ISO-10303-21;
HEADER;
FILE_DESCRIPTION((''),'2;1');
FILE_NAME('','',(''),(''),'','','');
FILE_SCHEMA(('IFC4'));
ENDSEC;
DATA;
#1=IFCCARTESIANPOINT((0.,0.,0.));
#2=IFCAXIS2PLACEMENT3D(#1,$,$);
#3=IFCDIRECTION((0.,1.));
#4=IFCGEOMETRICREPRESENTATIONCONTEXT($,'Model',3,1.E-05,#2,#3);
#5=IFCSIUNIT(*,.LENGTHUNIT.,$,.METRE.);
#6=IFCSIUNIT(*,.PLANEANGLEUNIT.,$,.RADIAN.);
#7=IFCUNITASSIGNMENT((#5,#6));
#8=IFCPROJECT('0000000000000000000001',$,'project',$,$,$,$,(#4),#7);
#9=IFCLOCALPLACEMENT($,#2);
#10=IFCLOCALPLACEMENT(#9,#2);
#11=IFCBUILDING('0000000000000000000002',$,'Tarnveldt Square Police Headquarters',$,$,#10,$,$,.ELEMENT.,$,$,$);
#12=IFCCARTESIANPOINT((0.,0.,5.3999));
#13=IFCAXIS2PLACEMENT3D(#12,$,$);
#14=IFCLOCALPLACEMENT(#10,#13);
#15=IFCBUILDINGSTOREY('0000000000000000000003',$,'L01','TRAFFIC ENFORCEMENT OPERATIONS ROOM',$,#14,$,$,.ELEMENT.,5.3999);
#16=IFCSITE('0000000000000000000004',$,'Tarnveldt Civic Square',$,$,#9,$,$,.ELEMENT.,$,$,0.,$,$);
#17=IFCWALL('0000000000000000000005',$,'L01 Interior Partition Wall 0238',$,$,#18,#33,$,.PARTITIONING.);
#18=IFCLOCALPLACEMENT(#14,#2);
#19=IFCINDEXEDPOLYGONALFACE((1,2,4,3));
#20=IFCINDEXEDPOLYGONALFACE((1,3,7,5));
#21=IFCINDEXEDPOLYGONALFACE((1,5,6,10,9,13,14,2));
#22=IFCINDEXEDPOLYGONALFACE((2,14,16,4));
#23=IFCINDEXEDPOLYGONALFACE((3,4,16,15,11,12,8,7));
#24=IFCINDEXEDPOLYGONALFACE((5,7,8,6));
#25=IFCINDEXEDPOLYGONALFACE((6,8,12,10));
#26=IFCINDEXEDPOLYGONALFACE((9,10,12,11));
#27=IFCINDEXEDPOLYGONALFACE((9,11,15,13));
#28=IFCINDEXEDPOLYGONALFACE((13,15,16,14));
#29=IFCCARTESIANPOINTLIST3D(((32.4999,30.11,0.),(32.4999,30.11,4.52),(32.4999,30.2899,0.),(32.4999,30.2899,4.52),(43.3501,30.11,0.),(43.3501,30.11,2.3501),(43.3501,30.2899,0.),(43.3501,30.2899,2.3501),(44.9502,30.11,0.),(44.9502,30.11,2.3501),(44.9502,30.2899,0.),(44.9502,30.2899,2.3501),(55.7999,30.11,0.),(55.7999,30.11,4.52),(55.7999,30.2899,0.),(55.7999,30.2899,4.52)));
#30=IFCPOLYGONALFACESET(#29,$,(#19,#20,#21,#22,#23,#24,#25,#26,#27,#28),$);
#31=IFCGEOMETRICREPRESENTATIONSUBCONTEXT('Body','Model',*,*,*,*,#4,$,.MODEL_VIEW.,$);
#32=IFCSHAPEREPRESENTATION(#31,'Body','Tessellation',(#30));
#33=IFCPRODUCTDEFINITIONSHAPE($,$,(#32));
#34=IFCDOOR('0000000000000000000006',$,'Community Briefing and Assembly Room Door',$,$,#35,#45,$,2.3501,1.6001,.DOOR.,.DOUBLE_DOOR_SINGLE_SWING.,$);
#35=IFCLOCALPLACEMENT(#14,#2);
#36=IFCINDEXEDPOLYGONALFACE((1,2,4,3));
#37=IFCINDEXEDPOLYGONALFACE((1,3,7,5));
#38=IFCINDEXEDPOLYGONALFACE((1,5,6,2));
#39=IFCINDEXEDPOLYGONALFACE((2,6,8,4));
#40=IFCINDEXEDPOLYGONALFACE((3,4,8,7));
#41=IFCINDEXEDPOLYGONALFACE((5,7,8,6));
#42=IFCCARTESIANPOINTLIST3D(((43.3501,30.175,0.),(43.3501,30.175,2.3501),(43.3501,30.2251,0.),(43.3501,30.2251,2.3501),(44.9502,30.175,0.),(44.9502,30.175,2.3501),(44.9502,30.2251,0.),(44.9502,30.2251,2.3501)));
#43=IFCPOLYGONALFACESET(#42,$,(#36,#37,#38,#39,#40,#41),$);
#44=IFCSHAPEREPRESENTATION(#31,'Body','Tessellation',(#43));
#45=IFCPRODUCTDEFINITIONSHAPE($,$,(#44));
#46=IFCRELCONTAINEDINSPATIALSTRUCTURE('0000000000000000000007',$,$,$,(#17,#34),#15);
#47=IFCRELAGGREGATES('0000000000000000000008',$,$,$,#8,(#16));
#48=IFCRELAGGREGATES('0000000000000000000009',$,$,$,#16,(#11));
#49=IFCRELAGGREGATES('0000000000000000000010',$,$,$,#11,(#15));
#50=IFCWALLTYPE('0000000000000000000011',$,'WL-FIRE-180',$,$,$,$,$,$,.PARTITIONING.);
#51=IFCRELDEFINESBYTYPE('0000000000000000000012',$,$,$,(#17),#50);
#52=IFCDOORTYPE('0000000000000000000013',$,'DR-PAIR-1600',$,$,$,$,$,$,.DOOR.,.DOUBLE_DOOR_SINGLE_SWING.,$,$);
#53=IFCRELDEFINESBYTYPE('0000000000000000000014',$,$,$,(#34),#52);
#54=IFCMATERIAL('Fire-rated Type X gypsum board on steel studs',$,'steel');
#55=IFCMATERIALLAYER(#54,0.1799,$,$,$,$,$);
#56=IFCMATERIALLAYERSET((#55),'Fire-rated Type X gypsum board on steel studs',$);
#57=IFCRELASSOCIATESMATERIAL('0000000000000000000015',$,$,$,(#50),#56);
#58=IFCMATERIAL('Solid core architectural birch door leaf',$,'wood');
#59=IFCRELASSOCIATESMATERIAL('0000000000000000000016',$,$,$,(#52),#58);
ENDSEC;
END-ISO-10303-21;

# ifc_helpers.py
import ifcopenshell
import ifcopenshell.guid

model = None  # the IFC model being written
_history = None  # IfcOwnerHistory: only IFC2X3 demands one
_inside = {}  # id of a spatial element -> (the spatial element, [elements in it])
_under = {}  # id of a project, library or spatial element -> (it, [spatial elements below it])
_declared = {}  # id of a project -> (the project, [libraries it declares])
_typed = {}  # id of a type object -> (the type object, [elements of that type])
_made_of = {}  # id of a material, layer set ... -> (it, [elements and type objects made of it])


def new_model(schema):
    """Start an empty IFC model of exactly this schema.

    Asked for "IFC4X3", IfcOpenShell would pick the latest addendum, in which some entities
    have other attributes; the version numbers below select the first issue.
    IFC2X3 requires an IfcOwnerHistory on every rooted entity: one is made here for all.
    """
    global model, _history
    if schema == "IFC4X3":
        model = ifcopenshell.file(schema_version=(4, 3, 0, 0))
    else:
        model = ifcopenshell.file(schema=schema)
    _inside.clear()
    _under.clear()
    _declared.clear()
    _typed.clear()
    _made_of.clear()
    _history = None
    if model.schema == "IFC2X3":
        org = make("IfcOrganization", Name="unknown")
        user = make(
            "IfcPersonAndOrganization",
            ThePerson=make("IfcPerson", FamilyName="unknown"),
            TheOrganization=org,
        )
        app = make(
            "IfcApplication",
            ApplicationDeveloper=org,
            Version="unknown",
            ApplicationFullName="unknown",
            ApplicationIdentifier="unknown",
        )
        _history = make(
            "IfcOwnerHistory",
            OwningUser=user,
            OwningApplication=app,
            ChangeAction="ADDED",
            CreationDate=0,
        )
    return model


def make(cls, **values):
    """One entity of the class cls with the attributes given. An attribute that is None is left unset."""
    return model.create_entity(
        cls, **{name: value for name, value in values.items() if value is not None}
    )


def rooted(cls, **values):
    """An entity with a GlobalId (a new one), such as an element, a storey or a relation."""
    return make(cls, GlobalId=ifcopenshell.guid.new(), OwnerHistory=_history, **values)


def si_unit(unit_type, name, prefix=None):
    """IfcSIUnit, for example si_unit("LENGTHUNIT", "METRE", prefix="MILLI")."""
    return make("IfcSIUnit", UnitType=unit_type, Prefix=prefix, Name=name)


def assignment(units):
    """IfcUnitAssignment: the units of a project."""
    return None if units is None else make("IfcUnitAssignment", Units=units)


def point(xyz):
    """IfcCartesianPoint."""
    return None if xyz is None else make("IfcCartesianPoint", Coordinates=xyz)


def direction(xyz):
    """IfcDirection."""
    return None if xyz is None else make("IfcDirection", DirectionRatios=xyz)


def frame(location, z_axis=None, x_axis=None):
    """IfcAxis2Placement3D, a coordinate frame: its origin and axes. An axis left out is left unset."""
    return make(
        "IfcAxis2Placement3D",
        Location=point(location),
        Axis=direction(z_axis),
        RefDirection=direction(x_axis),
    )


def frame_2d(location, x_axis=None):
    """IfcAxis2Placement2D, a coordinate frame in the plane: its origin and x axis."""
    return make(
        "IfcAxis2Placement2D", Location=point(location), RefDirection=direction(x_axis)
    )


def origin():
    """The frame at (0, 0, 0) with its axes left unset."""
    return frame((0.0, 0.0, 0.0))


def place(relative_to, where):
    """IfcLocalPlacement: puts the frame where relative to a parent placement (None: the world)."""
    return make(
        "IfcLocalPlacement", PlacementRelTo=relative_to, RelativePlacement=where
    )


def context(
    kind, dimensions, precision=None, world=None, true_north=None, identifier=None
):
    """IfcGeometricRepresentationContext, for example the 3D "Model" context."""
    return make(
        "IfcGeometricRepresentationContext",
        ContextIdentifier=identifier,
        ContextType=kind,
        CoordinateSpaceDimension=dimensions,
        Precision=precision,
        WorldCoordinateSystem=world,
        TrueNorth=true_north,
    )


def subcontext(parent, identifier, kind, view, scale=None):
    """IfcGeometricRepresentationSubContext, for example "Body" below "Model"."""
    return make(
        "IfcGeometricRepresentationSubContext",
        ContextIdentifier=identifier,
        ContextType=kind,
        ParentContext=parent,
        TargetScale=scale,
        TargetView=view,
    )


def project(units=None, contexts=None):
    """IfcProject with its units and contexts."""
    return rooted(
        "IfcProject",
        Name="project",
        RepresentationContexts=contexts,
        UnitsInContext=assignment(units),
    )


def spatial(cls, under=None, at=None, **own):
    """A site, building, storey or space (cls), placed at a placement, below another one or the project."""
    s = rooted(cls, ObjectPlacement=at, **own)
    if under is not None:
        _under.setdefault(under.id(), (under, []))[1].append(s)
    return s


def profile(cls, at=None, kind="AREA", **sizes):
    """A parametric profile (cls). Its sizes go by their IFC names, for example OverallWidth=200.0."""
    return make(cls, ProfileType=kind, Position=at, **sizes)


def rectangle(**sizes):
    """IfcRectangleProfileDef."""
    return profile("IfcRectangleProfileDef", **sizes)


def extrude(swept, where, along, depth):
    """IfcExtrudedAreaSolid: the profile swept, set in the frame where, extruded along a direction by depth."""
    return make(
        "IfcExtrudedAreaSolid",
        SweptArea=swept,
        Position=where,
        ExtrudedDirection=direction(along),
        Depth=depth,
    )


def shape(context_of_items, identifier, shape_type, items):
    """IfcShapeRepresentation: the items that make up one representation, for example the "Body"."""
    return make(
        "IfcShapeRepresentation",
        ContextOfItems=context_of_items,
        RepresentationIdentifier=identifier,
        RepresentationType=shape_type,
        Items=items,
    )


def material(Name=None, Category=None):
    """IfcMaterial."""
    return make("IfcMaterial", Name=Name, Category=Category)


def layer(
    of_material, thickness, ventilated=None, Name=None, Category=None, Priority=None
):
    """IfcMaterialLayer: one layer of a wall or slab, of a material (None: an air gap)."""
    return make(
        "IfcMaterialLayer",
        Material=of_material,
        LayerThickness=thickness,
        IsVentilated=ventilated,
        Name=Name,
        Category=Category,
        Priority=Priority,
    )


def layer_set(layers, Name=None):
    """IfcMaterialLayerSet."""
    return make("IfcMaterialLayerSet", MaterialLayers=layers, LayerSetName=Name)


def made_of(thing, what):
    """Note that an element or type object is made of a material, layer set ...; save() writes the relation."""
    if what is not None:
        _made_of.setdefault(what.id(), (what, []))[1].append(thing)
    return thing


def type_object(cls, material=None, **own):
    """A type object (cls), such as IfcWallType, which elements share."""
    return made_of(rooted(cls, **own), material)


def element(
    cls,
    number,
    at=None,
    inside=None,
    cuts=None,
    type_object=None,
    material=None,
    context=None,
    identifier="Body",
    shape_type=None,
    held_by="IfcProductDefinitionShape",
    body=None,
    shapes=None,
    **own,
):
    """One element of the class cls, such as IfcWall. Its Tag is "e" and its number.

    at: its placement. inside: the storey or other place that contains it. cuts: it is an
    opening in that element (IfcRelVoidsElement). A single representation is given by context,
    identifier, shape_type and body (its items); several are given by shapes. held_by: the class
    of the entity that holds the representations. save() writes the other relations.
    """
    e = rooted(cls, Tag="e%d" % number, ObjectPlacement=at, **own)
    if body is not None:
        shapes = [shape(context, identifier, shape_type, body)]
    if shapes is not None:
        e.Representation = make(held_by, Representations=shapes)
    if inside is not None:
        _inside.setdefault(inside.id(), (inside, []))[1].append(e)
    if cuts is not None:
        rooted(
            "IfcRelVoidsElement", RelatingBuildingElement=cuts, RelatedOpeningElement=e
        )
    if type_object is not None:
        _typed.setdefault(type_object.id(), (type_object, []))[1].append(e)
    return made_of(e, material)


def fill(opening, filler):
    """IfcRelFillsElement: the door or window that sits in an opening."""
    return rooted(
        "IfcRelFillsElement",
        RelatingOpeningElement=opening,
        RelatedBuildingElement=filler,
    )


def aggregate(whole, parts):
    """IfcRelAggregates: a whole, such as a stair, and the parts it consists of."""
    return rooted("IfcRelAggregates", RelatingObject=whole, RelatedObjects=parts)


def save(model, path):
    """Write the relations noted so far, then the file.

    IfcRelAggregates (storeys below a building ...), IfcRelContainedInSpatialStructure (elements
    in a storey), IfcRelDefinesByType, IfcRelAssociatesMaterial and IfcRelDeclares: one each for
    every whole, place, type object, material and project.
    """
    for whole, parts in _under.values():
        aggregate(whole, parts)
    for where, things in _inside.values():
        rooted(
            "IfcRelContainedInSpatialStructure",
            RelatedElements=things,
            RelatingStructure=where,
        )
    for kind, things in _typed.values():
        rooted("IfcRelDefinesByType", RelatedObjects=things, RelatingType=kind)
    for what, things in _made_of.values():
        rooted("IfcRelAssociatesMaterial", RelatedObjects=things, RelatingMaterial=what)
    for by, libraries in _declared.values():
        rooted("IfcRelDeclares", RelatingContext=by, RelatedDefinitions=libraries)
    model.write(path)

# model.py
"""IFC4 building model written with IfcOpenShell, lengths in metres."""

from ifc_helpers import new_model, si_unit, direction, frame, frame_2d, origin, place, context, subcontext, project, spatial, rectangle, extrude, material, layer, layer_set, type_object, element, fill, save


model = new_model("IFC4")

# Units and contexts
model_context = context("Model", 3, precision=1e-05, world=origin(), true_north=direction((0.0, 1.0)))
body_context = subcontext(model_context, "Body", "Model", "MODEL_VIEW")
ifc_project = project(units=[si_unit("LENGTHUNIT", "METRE"), si_unit("PLANEANGLEUNIT", "RADIAN")], contexts=[model_context])

# Site, building, storey
site_placement = place(None, origin())
site = spatial("IfcSite", under=ifc_project, at=site_placement, Name="Tarnveldt Civic Square", CompositionType="ELEMENT", RefElevation=0.0)
building_placement = place(site_placement, origin())
building = spatial("IfcBuilding", under=site, at=building_placement, Name="Tarnveldt Square Police Headquarters", CompositionType="ELEMENT")
storey_placement = place(building_placement, frame((0.0, 0.0, 5.3999)))
storey = spatial("IfcBuildingStorey", under=building, at=storey_placement, Name="L01", Description="TRAFFIC ENFORCEMENT OPERATIONS ROOM", CompositionType="ELEMENT", Elevation=5.3999)

# Shared definitions
ifc_material_1 = material(Name="Fire-rated Type X gypsum board on steel studs", Category="steel")
ifc_material_2 = material(Name="Solid core architectural birch door leaf", Category="wood")

# Wall, opening, door
ifc_layer_1 = layer(ifc_material_1, 0.1799)
ifc_layer_set_1 = layer_set([ifc_layer_1], Name="Fire-rated Type X gypsum board on steel studs")
wall_type_1 = type_object("IfcWallType", Name="WL-FIRE-180", PredefinedType="PARTITIONING", material=ifc_layer_set_1)
wall_1_placement = place(storey_placement, frame((32.5, 30.2, 0.0), z_axis=(0.0, 0.0, 1.0), x_axis=(1.0, 0.0, 0.0)))
wall_1 = element("IfcWall", 1, at=wall_1_placement, inside=storey, type_object=wall_type_1, Name="L01 Interior Partition Wall 0238", PredefinedType="PARTITIONING", context=body_context, shape_type="SweptSolid", body=[
    extrude(rectangle(XDim=23.3, YDim=0.1799, at=frame_2d((11.6499, 0.0))), origin(), (0.0, 0.0, 1.0), 4.52),
])
opening_1_placement = place(wall_1_placement, frame((10.8501, 0.0, 0.0)))
opening_1 = element("IfcOpeningElement", 2, at=opening_1_placement, cuts=wall_1, PredefinedType="OPENING", context=body_context, shape_type="SweptSolid", body=[
    extrude(rectangle(XDim=1.6001, YDim=2.3501, at=frame_2d((0.8, 1.175))), frame((0.0, 0.0999, 0.0), z_axis=(0.0, -1.0, 0.0), x_axis=(1.0, 0.0, 0.0)), (0.0, 0.0, 1.0), 0.2),
])
door_type_1 = type_object("IfcDoorType", Name="DR-PAIR-1600", OperationType="DOUBLE_DOOR_SINGLE_SWING", PredefinedType="DOOR", material=ifc_material_2)
door_1_placement = place(opening_1_placement, frame((1.6001, 0.0, 0.0), z_axis=(0.0, 0.0, 1.0), x_axis=(-1.0, 0.0, 0.0)))
door_1 = element("IfcDoor", 3, at=door_1_placement, inside=storey, type_object=door_type_1, Name="Community Briefing and Assembly Room Door", OperationType="DOUBLE_DOOR_SINGLE_SWING", OverallHeight=2.3501, OverallWidth=1.6001, PredefinedType="DOOR", context=body_context, shape_type="SweptSolid", body=[
    extrude(rectangle(XDim=1.6001, YDim=2.3501, at=frame_2d((0.8, 1.175))), frame((0.0, 0.0249, 0.0), z_axis=(0.0, -1.0, 0.0), x_axis=(1.0, 0.0, 0.0)), (0.0, 0.0, 1.0), 0.05),
])
fill(opening_1, door_1)

save(model, "model.ifc")
